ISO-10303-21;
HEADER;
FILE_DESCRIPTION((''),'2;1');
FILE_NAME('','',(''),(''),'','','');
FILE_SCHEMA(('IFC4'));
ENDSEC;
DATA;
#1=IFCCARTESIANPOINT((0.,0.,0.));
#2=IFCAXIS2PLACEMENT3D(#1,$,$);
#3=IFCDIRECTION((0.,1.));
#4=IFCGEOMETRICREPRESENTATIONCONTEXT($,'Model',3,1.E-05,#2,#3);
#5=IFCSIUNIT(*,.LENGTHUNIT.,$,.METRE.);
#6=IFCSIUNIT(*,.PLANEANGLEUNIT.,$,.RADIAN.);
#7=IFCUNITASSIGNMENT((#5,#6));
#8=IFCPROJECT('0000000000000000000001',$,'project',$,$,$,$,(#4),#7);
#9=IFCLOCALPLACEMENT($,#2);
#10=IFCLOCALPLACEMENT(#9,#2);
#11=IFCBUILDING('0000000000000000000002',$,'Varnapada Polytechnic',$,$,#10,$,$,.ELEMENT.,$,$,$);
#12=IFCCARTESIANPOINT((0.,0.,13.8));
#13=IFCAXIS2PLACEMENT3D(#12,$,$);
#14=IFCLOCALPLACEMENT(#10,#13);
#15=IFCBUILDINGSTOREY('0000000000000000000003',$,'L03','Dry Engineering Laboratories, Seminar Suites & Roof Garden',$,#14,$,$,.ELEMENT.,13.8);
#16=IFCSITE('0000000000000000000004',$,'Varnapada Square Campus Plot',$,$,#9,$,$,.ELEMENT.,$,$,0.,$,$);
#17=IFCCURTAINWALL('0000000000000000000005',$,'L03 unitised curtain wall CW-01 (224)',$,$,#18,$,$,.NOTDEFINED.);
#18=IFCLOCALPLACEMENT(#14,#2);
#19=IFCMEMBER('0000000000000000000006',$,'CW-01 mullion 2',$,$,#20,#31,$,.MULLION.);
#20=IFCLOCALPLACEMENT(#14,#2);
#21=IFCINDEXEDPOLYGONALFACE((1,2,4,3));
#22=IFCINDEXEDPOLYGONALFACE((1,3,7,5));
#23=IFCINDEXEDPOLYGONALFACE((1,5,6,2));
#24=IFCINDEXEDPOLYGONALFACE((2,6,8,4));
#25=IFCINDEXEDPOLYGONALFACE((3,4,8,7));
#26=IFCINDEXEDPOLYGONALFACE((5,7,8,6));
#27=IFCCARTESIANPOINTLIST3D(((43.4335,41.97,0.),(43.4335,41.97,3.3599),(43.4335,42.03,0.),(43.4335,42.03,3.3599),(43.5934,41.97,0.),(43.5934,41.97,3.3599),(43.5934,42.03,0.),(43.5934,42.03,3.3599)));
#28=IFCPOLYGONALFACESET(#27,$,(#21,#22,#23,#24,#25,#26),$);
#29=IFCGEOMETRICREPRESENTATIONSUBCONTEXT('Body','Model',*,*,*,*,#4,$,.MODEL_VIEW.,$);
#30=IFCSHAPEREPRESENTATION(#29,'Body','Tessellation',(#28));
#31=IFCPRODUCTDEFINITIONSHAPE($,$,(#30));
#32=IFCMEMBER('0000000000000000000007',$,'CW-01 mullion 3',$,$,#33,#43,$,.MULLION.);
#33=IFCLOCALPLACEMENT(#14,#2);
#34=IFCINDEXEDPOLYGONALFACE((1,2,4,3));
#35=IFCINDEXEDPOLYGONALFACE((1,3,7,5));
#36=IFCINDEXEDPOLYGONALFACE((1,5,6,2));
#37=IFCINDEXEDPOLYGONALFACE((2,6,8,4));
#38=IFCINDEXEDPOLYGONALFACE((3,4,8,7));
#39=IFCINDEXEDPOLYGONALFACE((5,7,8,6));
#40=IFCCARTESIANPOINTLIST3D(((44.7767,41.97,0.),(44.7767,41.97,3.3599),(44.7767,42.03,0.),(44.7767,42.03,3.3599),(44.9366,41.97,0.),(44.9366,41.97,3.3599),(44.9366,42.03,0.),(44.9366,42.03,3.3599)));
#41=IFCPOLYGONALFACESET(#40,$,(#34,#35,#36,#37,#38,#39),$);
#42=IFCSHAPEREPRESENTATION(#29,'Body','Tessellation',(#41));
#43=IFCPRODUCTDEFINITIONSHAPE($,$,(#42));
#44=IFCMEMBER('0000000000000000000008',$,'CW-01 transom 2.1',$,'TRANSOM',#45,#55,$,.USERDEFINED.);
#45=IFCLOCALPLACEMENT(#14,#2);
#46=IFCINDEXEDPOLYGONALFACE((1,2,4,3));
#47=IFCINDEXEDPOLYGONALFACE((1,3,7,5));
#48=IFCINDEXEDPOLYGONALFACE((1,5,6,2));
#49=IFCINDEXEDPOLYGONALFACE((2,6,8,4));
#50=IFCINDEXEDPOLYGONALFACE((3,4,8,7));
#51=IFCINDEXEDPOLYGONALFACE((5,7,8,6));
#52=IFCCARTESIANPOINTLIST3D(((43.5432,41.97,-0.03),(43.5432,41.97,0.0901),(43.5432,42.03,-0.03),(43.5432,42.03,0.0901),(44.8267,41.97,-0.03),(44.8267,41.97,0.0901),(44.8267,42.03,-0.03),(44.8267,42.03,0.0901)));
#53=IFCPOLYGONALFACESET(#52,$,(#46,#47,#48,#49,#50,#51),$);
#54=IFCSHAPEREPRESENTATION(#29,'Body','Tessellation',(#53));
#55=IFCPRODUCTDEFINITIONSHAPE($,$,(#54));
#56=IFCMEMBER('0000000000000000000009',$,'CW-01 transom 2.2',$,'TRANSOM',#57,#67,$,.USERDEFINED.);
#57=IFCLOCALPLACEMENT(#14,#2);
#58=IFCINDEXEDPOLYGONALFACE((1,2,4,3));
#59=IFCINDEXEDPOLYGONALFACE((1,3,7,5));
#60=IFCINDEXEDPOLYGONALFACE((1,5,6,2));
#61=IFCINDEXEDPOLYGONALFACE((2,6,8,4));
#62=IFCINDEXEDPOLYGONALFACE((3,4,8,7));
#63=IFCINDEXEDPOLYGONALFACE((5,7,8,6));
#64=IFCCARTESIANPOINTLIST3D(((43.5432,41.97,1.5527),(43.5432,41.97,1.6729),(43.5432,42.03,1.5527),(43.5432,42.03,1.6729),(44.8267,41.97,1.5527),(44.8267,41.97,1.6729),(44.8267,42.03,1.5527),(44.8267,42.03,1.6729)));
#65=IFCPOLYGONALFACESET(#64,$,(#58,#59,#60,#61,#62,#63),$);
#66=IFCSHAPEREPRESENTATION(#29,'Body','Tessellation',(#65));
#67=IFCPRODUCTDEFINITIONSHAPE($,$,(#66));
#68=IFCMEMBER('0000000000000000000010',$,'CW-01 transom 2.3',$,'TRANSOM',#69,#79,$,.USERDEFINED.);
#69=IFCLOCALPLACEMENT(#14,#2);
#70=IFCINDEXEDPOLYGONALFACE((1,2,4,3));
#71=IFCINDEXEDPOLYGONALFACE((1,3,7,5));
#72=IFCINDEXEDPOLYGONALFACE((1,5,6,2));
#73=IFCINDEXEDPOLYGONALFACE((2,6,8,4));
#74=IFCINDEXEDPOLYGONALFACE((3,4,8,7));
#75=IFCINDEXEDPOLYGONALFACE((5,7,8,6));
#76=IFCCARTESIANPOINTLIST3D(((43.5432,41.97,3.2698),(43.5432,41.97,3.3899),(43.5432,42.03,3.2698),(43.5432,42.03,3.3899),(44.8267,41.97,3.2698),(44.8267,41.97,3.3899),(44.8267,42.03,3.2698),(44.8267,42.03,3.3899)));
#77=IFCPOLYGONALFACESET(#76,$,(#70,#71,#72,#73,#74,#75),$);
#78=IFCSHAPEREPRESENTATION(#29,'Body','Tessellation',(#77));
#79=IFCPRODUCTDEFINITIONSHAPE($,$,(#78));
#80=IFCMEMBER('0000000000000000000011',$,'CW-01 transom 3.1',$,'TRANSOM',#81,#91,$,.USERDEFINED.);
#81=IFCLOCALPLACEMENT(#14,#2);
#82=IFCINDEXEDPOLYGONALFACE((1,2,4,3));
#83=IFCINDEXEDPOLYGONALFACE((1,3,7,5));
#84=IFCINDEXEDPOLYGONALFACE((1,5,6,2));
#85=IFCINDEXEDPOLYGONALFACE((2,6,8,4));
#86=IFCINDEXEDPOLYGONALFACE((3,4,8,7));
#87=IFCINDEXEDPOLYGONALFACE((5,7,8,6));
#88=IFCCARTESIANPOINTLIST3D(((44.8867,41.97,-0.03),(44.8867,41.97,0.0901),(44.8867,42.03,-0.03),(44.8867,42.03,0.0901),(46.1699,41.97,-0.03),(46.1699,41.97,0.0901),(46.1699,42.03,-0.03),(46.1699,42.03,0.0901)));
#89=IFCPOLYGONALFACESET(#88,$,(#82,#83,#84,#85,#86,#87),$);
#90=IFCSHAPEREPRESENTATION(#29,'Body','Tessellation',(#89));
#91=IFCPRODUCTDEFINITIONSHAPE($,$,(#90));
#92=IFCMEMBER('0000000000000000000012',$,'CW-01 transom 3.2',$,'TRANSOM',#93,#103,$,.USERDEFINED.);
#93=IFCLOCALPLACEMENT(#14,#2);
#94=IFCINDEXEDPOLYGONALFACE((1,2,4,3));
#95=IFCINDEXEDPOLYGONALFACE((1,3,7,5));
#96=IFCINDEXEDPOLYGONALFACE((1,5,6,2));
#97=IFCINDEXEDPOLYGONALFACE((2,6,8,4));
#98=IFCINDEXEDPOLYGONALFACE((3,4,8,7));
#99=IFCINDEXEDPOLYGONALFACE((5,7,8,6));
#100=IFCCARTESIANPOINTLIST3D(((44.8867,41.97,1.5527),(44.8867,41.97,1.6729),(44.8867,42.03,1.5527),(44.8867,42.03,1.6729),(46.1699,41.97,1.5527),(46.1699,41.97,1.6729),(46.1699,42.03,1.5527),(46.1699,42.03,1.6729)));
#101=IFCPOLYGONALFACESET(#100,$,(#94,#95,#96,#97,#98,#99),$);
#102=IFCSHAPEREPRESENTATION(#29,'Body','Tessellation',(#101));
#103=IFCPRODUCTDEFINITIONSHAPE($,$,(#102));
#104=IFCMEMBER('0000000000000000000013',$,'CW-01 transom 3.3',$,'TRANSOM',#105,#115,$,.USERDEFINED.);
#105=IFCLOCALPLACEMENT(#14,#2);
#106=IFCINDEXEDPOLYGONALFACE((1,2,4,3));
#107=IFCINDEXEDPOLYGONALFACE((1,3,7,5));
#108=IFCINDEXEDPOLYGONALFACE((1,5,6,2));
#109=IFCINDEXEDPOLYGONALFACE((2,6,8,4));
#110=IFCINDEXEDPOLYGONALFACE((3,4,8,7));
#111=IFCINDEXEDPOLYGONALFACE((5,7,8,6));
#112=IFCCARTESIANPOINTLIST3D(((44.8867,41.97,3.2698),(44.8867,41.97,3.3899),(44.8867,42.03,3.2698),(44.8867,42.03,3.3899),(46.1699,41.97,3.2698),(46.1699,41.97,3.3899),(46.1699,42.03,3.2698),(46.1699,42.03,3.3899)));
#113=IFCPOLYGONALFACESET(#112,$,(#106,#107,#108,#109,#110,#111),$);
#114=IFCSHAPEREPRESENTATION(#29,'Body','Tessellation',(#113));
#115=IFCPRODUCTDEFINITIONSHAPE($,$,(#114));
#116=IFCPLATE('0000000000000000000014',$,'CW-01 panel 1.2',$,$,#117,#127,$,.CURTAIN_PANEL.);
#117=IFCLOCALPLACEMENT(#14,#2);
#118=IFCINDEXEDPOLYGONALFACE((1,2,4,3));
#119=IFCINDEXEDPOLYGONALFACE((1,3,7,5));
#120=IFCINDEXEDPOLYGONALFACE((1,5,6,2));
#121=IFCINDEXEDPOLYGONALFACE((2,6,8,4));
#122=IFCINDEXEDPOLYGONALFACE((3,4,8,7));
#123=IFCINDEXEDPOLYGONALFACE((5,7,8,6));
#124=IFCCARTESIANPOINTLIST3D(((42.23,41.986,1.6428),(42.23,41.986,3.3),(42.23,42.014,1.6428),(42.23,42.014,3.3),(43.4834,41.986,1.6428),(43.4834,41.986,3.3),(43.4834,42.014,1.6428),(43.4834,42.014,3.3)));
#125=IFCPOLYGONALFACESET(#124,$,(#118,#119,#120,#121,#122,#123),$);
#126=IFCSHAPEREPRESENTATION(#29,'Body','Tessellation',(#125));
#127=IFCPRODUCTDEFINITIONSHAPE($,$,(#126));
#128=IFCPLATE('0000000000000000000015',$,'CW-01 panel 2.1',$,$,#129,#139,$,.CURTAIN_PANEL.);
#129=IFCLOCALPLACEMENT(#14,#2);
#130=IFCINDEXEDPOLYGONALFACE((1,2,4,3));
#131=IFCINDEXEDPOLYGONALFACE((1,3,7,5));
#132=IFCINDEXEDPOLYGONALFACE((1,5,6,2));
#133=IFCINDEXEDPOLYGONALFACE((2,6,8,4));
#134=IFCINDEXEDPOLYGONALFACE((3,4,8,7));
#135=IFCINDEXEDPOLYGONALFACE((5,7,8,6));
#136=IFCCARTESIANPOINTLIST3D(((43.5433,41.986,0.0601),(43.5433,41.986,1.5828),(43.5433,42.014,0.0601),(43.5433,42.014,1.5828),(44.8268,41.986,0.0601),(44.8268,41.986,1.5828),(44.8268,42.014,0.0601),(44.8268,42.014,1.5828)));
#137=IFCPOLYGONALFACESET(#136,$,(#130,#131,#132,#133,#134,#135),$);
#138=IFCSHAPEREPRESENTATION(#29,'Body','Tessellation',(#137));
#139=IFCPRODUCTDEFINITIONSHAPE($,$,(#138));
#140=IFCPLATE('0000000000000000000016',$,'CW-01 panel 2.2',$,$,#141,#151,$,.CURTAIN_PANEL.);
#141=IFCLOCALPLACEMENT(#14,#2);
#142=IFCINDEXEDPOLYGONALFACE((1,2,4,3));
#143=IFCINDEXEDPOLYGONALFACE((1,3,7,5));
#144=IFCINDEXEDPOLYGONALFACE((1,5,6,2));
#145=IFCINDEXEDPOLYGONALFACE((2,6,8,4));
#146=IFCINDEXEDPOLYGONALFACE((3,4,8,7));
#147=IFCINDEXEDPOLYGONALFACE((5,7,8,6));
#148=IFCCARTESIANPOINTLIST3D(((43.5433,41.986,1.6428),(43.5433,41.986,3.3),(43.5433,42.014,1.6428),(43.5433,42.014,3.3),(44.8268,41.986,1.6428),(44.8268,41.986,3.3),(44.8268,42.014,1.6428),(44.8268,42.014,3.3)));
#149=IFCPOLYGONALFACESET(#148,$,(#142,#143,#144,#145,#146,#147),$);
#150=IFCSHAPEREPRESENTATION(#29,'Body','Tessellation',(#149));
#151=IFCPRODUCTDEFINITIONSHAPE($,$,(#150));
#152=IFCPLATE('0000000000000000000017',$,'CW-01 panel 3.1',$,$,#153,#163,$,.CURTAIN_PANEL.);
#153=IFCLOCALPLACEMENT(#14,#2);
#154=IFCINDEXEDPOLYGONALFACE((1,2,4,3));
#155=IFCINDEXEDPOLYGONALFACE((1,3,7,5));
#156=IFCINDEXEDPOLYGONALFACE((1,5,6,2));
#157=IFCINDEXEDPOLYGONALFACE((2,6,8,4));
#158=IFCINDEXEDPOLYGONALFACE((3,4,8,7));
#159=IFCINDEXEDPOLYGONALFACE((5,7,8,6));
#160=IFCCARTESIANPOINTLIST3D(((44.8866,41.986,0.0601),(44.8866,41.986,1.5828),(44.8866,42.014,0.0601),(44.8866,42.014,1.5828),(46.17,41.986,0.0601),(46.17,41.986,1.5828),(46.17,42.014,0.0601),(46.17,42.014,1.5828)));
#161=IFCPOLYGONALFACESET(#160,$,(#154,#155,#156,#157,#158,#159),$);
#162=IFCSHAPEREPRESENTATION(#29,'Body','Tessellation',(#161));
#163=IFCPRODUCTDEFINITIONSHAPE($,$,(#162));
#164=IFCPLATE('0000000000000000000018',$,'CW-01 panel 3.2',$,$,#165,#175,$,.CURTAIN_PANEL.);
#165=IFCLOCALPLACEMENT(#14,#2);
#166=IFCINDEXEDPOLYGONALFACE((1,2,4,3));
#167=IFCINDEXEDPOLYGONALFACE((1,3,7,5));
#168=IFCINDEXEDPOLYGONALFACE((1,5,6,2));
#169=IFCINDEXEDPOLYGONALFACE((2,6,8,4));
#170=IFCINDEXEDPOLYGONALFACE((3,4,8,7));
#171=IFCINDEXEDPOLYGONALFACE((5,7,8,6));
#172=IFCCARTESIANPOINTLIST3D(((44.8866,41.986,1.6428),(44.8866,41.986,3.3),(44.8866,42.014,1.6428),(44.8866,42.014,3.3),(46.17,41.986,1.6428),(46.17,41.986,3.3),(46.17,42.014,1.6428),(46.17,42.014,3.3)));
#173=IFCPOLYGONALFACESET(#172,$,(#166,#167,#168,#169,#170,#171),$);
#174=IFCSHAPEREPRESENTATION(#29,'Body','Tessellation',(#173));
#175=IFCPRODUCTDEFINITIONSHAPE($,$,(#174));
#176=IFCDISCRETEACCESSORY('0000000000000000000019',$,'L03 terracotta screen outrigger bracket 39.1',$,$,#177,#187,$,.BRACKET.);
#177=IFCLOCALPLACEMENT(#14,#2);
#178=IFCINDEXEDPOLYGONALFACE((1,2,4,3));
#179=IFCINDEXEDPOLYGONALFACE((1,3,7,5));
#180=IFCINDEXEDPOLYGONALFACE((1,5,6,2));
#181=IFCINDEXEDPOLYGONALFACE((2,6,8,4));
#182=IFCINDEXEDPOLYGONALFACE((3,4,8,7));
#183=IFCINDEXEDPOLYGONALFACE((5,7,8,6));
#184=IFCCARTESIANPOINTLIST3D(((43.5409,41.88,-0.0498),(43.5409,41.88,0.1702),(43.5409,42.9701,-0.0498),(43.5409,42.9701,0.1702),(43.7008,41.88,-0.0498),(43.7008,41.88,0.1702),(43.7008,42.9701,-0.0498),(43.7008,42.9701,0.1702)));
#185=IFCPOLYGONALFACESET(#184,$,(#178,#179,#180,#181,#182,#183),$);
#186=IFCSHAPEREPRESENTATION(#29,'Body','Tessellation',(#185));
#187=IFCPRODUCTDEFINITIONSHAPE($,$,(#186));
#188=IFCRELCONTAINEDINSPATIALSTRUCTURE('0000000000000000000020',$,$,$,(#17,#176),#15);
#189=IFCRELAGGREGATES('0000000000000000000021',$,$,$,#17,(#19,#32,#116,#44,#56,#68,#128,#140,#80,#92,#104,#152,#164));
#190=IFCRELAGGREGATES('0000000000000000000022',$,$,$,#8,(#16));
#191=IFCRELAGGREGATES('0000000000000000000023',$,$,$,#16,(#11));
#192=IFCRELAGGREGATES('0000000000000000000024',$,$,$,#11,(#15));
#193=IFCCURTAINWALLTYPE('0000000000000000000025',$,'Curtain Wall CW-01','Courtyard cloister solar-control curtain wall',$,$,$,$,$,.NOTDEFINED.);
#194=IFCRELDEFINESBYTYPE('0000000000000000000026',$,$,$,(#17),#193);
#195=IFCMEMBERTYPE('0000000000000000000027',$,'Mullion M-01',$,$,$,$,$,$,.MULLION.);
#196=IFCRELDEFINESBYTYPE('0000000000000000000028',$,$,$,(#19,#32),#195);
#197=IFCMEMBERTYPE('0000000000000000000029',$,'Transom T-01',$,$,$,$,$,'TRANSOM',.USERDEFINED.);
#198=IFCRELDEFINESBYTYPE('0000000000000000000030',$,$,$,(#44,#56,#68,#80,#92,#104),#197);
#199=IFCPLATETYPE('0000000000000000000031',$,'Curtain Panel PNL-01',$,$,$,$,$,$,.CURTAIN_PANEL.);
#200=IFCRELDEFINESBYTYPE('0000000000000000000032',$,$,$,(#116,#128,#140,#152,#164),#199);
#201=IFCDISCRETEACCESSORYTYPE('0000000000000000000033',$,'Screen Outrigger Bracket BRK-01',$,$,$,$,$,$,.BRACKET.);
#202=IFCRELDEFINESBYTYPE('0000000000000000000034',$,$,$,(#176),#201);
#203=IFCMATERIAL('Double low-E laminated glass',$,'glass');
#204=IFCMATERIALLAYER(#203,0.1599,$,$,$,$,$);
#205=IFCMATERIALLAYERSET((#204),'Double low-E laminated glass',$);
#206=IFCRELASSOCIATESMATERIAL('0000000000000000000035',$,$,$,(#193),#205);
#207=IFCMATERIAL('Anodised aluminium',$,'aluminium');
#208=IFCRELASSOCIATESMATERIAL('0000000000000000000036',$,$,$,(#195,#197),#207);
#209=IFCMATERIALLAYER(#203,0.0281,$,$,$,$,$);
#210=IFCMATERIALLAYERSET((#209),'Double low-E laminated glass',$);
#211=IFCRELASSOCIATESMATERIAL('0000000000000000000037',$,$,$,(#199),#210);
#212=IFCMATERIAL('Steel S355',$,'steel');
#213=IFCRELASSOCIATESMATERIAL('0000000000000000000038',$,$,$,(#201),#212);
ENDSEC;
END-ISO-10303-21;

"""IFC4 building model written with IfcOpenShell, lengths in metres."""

from ifc_helpers import new_model, si_unit, direction, frame, origin, origin_2d, place, context, subcontext, project, spatial, rectangle, extrude, material, layer, layer_set, material_profile, profile_set, type_object, element, aggregate, save


model = new_model("IFC4")

# Units and contexts
model_context = context("Model", 3, precision=1e-05, world=origin(), true_north=direction((0.0, 1.0)))
body_context = subcontext(model_context, "Body", "Model", "MODEL_VIEW")
ifc_project = project(units=[si_unit("LENGTHUNIT", "METRE"), si_unit("PLANEANGLEUNIT", "RADIAN")], contexts=[model_context])

# Site, building, storey
site_placement = place(None, origin())
site = spatial("IfcSite", under=ifc_project, at=site_placement, Name="Varnapada Square Campus Plot", CompositionType="ELEMENT", RefElevation=0.0)
building_placement = place(site_placement, origin())
building = spatial("IfcBuilding", under=site, at=building_placement, Name="Varnapada Polytechnic", CompositionType="ELEMENT")
storey_placement = place(building_placement, frame((0.0, 0.0, 13.8)))
storey = spatial("IfcBuildingStorey", under=building, at=storey_placement, Name="L03", Description="Dry Engineering Laboratories, Seminar Suites & Roof Garden", CompositionType="ELEMENT", Elevation=13.8)

# Curtain wall, members, plates
ifc_material_1 = material(Name="Double low-E laminated glass", Category="glass")
ifc_layer_1 = layer(ifc_material_1, 0.1599)
ifc_layer_set_1 = layer_set([ifc_layer_1], Name="Double low-E laminated glass")
curtain_wall_type = type_object("IfcCurtainWallType", Name="Curtain Wall CW-01", Description="Courtyard cloister solar-control curtain wall", PredefinedType="NOTDEFINED", material=ifc_layer_set_1)
curtain_wall_placement = place(storey_placement, origin())
curtain_wall = element("IfcCurtainWall", 1, at=curtain_wall_placement, inside=storey, type_object=curtain_wall_type, Name="L03 unitised curtain wall CW-01 (224)", PredefinedType="NOTDEFINED")
ifc_material_2 = material(Name="Anodised aluminium", Category="aluminium")
ifc_material_profile_1 = material_profile(ifc_material_2, rectangle(XDim=0.0601, YDim=0.1599, at=origin_2d()), Name="ALU M60x160")
ifc_profile_set_1 = profile_set([ifc_material_profile_1], Name="Anodised aluminium")
member_type_1 = type_object("IfcMemberType", Name="Mullion M-01", PredefinedType="MULLION", material=ifc_profile_set_1)
member_1_placement = place(storey_placement, frame((43.5134, 42.0, 0.0), z_axis=(0.0, 0.0, 1.0), x_axis=(0.0, 1.0, 0.0)))
member_1 = element("IfcMember", 2, at=member_1_placement, type_object=member_type_1, Name="CW-01 mullion 2", PredefinedType="MULLION", context=body_context, shape_type="SweptSolid", body=[
    extrude(rectangle(XDim=0.0601, YDim=0.1599, at=origin_2d()), origin(), (0.0, 0.0, 1.0), 3.3599),
])
member_2_placement = place(storey_placement, frame((44.8567, 42.0, 0.0), z_axis=(0.0, 0.0, 1.0), x_axis=(0.0, 1.0, 0.0)))
member_2 = element("IfcMember", 3, at=member_2_placement, type_object=member_type_1, Name="CW-01 mullion 3", PredefinedType="MULLION", context=body_context, shape_type="SweptSolid", body=[
    extrude(rectangle(XDim=0.0601, YDim=0.1599, at=origin_2d()), origin(), (0.0, 0.0, 1.0), 3.3599),
])
ifc_material_profile_2 = material_profile(ifc_material_2, rectangle(XDim=0.0601, YDim=0.1201, at=origin_2d()), Name="ALU T60x120")
ifc_profile_set_2 = profile_set([ifc_material_profile_2], Name="Anodised aluminium")
member_type_2 = type_object("IfcMemberType", Name="Transom T-01", ElementType="TRANSOM", PredefinedType="USERDEFINED", material=ifc_profile_set_2)
member_3_placement = place(storey_placement, frame((43.5432, 42.0, 0.03), z_axis=(1.0, 0.0, 0.0), x_axis=(0.0, 1.0, 0.0)))
member_3 = element("IfcMember", 4, at=member_3_placement, type_object=member_type_2, Name="CW-01 transom 2.1", ObjectType="TRANSOM", PredefinedType="USERDEFINED", context=body_context, shape_type="SweptSolid", body=[
    extrude(rectangle(XDim=0.0601, YDim=0.1201, at=origin_2d()), origin(), (0.0, 0.0, 1.0), 1.2834),
])
member_4_placement = place(storey_placement, frame((43.5432, 42.0, 1.6128), z_axis=(1.0, 0.0, 0.0), x_axis=(0.0, 1.0, 0.0)))
member_4 = element("IfcMember", 5, at=member_4_placement, type_object=member_type_2, Name="CW-01 transom 2.2", ObjectType="TRANSOM", PredefinedType="USERDEFINED", context=body_context, shape_type="SweptSolid", body=[
    extrude(rectangle(XDim=0.0601, YDim=0.1201, at=origin_2d()), origin(), (0.0, 0.0, 1.0), 1.2834),
])
member_5_placement = place(storey_placement, frame((43.5432, 42.0, 3.3298), z_axis=(1.0, 0.0, 0.0), x_axis=(0.0, 1.0, 0.0)))
member_5 = element("IfcMember", 6, at=member_5_placement, type_object=member_type_2, Name="CW-01 transom 2.3", ObjectType="TRANSOM", PredefinedType="USERDEFINED", context=body_context, shape_type="SweptSolid", body=[
    extrude(rectangle(XDim=0.0601, YDim=0.1201, at=origin_2d()), origin(), (0.0, 0.0, 1.0), 1.2834),
])
member_6_placement = place(storey_placement, frame((44.8867, 42.0, 0.03), z_axis=(1.0, 0.0, 0.0), x_axis=(0.0, 1.0, 0.0)))
member_6 = element("IfcMember", 7, at=member_6_placement, type_object=member_type_2, Name="CW-01 transom 3.1", ObjectType="TRANSOM", PredefinedType="USERDEFINED", context=body_context, shape_type="SweptSolid", body=[
    extrude(rectangle(XDim=0.0601, YDim=0.1201, at=origin_2d()), origin(), (0.0, 0.0, 1.0), 1.2832),
])
member_7_placement = place(storey_placement, frame((44.8867, 42.0, 1.6128), z_axis=(1.0, 0.0, 0.0), x_axis=(0.0, 1.0, 0.0)))
member_7 = element("IfcMember", 8, at=member_7_placement, type_object=member_type_2, Name="CW-01 transom 3.2", ObjectType="TRANSOM", PredefinedType="USERDEFINED", context=body_context, shape_type="SweptSolid", body=[
    extrude(rectangle(XDim=0.0601, YDim=0.1201, at=origin_2d()), origin(), (0.0, 0.0, 1.0), 1.2832),
])
member_8_placement = place(storey_placement, frame((44.8867, 42.0, 3.3298), z_axis=(1.0, 0.0, 0.0), x_axis=(0.0, 1.0, 0.0)))
member_8 = element("IfcMember", 9, at=member_8_placement, type_object=member_type_2, Name="CW-01 transom 3.3", ObjectType="TRANSOM", PredefinedType="USERDEFINED", context=body_context, shape_type="SweptSolid", body=[
    extrude(rectangle(XDim=0.0601, YDim=0.1201, at=origin_2d()), origin(), (0.0, 0.0, 1.0), 1.2832),
])
ifc_layer_2 = layer(ifc_material_1, 0.0281)
ifc_layer_set_2 = layer_set([ifc_layer_2], Name="Double low-E laminated glass")
plate_type = type_object("IfcPlateType", Name="Curtain Panel PNL-01", PredefinedType="CURTAIN_PANEL", material=ifc_layer_set_2)
plate_1_placement = place(storey_placement, frame((42.8567, 42.0, 1.6428), z_axis=(0.0, 0.0, 1.0), x_axis=(1.0, 0.0, 0.0)))
plate_1 = element("IfcPlate", 10, at=plate_1_placement, type_object=plate_type, Name="CW-01 panel 1.2", PredefinedType="CURTAIN_PANEL", context=body_context, shape_type="SweptSolid", body=[
    extrude(rectangle(XDim=1.2534, YDim=0.0281, at=origin_2d()), origin(), (0.0, 0.0, 1.0), 1.6572),
])
plate_2_placement = place(storey_placement, frame((44.1851, 42.0, 0.0601), z_axis=(0.0, 0.0, 1.0), x_axis=(1.0, 0.0, 0.0)))
plate_2 = element("IfcPlate", 11, at=plate_2_placement, type_object=plate_type, Name="CW-01 panel 2.1", PredefinedType="CURTAIN_PANEL", context=body_context, shape_type="SweptSolid", body=[
    extrude(rectangle(XDim=1.2834, YDim=0.0281, at=origin_2d()), origin(), (0.0, 0.0, 1.0), 1.5227),
])
plate_3_placement = place(storey_placement, frame((44.1851, 42.0, 1.6428), z_axis=(0.0, 0.0, 1.0), x_axis=(1.0, 0.0, 0.0)))
plate_3 = element("IfcPlate", 12, at=plate_3_placement, type_object=plate_type, Name="CW-01 panel 2.2", PredefinedType="CURTAIN_PANEL", context=body_context, shape_type="SweptSolid", body=[
    extrude(rectangle(XDim=1.2834, YDim=0.0281, at=origin_2d()), origin(), (0.0, 0.0, 1.0), 1.6572),
])
plate_4_placement = place(storey_placement, frame((45.5283, 42.0, 0.0601), z_axis=(0.0, 0.0, 1.0), x_axis=(1.0, 0.0, 0.0)))
plate_4 = element("IfcPlate", 13, at=plate_4_placement, type_object=plate_type, Name="CW-01 panel 3.1", PredefinedType="CURTAIN_PANEL", context=body_context, shape_type="SweptSolid", body=[
    extrude(rectangle(XDim=1.2834, YDim=0.0281, at=origin_2d()), origin(), (0.0, 0.0, 1.0), 1.5227),
])
plate_5_placement = place(storey_placement, frame((45.5283, 42.0, 1.6428), z_axis=(0.0, 0.0, 1.0), x_axis=(1.0, 0.0, 0.0)))
plate_5 = element("IfcPlate", 14, at=plate_5_placement, type_object=plate_type, Name="CW-01 panel 3.2", PredefinedType="CURTAIN_PANEL", context=body_context, shape_type="SweptSolid", body=[
    extrude(rectangle(XDim=1.2834, YDim=0.0281, at=origin_2d()), origin(), (0.0, 0.0, 1.0), 1.6572),
])
aggregate(curtain_wall, [member_1, member_2, plate_1, member_3, member_4, member_5, plate_2, plate_3, member_6, member_7, member_8, plate_4, plate_5])

# Discrete accessory
ifc_material_3 = material(Name="Steel S355", Category="steel")
discrete_accessory_type = type_object("IfcDiscreteAccessoryType", Name="Screen Outrigger Bracket BRK-01", PredefinedType="BRACKET", material=ifc_material_3)
discrete_accessory_placement = place(storey_placement, frame((43.6208, 42.425, -0.0498), z_axis=(0.0, 0.0, 1.0), x_axis=(1.0, 0.0, 0.0)))
element("IfcDiscreteAccessory", 15, at=discrete_accessory_placement, inside=storey, type_object=discrete_accessory_type, Name="L03 terracotta screen outrigger bracket 39.1", PredefinedType="BRACKET", context=body_context, shape_type="SweptSolid", body=[
    extrude(rectangle(XDim=0.1599, YDim=1.0901, at=origin_2d()), origin(), (0.0, 0.0, 1.0), 0.22),
])

save(model, "model.ifc")
